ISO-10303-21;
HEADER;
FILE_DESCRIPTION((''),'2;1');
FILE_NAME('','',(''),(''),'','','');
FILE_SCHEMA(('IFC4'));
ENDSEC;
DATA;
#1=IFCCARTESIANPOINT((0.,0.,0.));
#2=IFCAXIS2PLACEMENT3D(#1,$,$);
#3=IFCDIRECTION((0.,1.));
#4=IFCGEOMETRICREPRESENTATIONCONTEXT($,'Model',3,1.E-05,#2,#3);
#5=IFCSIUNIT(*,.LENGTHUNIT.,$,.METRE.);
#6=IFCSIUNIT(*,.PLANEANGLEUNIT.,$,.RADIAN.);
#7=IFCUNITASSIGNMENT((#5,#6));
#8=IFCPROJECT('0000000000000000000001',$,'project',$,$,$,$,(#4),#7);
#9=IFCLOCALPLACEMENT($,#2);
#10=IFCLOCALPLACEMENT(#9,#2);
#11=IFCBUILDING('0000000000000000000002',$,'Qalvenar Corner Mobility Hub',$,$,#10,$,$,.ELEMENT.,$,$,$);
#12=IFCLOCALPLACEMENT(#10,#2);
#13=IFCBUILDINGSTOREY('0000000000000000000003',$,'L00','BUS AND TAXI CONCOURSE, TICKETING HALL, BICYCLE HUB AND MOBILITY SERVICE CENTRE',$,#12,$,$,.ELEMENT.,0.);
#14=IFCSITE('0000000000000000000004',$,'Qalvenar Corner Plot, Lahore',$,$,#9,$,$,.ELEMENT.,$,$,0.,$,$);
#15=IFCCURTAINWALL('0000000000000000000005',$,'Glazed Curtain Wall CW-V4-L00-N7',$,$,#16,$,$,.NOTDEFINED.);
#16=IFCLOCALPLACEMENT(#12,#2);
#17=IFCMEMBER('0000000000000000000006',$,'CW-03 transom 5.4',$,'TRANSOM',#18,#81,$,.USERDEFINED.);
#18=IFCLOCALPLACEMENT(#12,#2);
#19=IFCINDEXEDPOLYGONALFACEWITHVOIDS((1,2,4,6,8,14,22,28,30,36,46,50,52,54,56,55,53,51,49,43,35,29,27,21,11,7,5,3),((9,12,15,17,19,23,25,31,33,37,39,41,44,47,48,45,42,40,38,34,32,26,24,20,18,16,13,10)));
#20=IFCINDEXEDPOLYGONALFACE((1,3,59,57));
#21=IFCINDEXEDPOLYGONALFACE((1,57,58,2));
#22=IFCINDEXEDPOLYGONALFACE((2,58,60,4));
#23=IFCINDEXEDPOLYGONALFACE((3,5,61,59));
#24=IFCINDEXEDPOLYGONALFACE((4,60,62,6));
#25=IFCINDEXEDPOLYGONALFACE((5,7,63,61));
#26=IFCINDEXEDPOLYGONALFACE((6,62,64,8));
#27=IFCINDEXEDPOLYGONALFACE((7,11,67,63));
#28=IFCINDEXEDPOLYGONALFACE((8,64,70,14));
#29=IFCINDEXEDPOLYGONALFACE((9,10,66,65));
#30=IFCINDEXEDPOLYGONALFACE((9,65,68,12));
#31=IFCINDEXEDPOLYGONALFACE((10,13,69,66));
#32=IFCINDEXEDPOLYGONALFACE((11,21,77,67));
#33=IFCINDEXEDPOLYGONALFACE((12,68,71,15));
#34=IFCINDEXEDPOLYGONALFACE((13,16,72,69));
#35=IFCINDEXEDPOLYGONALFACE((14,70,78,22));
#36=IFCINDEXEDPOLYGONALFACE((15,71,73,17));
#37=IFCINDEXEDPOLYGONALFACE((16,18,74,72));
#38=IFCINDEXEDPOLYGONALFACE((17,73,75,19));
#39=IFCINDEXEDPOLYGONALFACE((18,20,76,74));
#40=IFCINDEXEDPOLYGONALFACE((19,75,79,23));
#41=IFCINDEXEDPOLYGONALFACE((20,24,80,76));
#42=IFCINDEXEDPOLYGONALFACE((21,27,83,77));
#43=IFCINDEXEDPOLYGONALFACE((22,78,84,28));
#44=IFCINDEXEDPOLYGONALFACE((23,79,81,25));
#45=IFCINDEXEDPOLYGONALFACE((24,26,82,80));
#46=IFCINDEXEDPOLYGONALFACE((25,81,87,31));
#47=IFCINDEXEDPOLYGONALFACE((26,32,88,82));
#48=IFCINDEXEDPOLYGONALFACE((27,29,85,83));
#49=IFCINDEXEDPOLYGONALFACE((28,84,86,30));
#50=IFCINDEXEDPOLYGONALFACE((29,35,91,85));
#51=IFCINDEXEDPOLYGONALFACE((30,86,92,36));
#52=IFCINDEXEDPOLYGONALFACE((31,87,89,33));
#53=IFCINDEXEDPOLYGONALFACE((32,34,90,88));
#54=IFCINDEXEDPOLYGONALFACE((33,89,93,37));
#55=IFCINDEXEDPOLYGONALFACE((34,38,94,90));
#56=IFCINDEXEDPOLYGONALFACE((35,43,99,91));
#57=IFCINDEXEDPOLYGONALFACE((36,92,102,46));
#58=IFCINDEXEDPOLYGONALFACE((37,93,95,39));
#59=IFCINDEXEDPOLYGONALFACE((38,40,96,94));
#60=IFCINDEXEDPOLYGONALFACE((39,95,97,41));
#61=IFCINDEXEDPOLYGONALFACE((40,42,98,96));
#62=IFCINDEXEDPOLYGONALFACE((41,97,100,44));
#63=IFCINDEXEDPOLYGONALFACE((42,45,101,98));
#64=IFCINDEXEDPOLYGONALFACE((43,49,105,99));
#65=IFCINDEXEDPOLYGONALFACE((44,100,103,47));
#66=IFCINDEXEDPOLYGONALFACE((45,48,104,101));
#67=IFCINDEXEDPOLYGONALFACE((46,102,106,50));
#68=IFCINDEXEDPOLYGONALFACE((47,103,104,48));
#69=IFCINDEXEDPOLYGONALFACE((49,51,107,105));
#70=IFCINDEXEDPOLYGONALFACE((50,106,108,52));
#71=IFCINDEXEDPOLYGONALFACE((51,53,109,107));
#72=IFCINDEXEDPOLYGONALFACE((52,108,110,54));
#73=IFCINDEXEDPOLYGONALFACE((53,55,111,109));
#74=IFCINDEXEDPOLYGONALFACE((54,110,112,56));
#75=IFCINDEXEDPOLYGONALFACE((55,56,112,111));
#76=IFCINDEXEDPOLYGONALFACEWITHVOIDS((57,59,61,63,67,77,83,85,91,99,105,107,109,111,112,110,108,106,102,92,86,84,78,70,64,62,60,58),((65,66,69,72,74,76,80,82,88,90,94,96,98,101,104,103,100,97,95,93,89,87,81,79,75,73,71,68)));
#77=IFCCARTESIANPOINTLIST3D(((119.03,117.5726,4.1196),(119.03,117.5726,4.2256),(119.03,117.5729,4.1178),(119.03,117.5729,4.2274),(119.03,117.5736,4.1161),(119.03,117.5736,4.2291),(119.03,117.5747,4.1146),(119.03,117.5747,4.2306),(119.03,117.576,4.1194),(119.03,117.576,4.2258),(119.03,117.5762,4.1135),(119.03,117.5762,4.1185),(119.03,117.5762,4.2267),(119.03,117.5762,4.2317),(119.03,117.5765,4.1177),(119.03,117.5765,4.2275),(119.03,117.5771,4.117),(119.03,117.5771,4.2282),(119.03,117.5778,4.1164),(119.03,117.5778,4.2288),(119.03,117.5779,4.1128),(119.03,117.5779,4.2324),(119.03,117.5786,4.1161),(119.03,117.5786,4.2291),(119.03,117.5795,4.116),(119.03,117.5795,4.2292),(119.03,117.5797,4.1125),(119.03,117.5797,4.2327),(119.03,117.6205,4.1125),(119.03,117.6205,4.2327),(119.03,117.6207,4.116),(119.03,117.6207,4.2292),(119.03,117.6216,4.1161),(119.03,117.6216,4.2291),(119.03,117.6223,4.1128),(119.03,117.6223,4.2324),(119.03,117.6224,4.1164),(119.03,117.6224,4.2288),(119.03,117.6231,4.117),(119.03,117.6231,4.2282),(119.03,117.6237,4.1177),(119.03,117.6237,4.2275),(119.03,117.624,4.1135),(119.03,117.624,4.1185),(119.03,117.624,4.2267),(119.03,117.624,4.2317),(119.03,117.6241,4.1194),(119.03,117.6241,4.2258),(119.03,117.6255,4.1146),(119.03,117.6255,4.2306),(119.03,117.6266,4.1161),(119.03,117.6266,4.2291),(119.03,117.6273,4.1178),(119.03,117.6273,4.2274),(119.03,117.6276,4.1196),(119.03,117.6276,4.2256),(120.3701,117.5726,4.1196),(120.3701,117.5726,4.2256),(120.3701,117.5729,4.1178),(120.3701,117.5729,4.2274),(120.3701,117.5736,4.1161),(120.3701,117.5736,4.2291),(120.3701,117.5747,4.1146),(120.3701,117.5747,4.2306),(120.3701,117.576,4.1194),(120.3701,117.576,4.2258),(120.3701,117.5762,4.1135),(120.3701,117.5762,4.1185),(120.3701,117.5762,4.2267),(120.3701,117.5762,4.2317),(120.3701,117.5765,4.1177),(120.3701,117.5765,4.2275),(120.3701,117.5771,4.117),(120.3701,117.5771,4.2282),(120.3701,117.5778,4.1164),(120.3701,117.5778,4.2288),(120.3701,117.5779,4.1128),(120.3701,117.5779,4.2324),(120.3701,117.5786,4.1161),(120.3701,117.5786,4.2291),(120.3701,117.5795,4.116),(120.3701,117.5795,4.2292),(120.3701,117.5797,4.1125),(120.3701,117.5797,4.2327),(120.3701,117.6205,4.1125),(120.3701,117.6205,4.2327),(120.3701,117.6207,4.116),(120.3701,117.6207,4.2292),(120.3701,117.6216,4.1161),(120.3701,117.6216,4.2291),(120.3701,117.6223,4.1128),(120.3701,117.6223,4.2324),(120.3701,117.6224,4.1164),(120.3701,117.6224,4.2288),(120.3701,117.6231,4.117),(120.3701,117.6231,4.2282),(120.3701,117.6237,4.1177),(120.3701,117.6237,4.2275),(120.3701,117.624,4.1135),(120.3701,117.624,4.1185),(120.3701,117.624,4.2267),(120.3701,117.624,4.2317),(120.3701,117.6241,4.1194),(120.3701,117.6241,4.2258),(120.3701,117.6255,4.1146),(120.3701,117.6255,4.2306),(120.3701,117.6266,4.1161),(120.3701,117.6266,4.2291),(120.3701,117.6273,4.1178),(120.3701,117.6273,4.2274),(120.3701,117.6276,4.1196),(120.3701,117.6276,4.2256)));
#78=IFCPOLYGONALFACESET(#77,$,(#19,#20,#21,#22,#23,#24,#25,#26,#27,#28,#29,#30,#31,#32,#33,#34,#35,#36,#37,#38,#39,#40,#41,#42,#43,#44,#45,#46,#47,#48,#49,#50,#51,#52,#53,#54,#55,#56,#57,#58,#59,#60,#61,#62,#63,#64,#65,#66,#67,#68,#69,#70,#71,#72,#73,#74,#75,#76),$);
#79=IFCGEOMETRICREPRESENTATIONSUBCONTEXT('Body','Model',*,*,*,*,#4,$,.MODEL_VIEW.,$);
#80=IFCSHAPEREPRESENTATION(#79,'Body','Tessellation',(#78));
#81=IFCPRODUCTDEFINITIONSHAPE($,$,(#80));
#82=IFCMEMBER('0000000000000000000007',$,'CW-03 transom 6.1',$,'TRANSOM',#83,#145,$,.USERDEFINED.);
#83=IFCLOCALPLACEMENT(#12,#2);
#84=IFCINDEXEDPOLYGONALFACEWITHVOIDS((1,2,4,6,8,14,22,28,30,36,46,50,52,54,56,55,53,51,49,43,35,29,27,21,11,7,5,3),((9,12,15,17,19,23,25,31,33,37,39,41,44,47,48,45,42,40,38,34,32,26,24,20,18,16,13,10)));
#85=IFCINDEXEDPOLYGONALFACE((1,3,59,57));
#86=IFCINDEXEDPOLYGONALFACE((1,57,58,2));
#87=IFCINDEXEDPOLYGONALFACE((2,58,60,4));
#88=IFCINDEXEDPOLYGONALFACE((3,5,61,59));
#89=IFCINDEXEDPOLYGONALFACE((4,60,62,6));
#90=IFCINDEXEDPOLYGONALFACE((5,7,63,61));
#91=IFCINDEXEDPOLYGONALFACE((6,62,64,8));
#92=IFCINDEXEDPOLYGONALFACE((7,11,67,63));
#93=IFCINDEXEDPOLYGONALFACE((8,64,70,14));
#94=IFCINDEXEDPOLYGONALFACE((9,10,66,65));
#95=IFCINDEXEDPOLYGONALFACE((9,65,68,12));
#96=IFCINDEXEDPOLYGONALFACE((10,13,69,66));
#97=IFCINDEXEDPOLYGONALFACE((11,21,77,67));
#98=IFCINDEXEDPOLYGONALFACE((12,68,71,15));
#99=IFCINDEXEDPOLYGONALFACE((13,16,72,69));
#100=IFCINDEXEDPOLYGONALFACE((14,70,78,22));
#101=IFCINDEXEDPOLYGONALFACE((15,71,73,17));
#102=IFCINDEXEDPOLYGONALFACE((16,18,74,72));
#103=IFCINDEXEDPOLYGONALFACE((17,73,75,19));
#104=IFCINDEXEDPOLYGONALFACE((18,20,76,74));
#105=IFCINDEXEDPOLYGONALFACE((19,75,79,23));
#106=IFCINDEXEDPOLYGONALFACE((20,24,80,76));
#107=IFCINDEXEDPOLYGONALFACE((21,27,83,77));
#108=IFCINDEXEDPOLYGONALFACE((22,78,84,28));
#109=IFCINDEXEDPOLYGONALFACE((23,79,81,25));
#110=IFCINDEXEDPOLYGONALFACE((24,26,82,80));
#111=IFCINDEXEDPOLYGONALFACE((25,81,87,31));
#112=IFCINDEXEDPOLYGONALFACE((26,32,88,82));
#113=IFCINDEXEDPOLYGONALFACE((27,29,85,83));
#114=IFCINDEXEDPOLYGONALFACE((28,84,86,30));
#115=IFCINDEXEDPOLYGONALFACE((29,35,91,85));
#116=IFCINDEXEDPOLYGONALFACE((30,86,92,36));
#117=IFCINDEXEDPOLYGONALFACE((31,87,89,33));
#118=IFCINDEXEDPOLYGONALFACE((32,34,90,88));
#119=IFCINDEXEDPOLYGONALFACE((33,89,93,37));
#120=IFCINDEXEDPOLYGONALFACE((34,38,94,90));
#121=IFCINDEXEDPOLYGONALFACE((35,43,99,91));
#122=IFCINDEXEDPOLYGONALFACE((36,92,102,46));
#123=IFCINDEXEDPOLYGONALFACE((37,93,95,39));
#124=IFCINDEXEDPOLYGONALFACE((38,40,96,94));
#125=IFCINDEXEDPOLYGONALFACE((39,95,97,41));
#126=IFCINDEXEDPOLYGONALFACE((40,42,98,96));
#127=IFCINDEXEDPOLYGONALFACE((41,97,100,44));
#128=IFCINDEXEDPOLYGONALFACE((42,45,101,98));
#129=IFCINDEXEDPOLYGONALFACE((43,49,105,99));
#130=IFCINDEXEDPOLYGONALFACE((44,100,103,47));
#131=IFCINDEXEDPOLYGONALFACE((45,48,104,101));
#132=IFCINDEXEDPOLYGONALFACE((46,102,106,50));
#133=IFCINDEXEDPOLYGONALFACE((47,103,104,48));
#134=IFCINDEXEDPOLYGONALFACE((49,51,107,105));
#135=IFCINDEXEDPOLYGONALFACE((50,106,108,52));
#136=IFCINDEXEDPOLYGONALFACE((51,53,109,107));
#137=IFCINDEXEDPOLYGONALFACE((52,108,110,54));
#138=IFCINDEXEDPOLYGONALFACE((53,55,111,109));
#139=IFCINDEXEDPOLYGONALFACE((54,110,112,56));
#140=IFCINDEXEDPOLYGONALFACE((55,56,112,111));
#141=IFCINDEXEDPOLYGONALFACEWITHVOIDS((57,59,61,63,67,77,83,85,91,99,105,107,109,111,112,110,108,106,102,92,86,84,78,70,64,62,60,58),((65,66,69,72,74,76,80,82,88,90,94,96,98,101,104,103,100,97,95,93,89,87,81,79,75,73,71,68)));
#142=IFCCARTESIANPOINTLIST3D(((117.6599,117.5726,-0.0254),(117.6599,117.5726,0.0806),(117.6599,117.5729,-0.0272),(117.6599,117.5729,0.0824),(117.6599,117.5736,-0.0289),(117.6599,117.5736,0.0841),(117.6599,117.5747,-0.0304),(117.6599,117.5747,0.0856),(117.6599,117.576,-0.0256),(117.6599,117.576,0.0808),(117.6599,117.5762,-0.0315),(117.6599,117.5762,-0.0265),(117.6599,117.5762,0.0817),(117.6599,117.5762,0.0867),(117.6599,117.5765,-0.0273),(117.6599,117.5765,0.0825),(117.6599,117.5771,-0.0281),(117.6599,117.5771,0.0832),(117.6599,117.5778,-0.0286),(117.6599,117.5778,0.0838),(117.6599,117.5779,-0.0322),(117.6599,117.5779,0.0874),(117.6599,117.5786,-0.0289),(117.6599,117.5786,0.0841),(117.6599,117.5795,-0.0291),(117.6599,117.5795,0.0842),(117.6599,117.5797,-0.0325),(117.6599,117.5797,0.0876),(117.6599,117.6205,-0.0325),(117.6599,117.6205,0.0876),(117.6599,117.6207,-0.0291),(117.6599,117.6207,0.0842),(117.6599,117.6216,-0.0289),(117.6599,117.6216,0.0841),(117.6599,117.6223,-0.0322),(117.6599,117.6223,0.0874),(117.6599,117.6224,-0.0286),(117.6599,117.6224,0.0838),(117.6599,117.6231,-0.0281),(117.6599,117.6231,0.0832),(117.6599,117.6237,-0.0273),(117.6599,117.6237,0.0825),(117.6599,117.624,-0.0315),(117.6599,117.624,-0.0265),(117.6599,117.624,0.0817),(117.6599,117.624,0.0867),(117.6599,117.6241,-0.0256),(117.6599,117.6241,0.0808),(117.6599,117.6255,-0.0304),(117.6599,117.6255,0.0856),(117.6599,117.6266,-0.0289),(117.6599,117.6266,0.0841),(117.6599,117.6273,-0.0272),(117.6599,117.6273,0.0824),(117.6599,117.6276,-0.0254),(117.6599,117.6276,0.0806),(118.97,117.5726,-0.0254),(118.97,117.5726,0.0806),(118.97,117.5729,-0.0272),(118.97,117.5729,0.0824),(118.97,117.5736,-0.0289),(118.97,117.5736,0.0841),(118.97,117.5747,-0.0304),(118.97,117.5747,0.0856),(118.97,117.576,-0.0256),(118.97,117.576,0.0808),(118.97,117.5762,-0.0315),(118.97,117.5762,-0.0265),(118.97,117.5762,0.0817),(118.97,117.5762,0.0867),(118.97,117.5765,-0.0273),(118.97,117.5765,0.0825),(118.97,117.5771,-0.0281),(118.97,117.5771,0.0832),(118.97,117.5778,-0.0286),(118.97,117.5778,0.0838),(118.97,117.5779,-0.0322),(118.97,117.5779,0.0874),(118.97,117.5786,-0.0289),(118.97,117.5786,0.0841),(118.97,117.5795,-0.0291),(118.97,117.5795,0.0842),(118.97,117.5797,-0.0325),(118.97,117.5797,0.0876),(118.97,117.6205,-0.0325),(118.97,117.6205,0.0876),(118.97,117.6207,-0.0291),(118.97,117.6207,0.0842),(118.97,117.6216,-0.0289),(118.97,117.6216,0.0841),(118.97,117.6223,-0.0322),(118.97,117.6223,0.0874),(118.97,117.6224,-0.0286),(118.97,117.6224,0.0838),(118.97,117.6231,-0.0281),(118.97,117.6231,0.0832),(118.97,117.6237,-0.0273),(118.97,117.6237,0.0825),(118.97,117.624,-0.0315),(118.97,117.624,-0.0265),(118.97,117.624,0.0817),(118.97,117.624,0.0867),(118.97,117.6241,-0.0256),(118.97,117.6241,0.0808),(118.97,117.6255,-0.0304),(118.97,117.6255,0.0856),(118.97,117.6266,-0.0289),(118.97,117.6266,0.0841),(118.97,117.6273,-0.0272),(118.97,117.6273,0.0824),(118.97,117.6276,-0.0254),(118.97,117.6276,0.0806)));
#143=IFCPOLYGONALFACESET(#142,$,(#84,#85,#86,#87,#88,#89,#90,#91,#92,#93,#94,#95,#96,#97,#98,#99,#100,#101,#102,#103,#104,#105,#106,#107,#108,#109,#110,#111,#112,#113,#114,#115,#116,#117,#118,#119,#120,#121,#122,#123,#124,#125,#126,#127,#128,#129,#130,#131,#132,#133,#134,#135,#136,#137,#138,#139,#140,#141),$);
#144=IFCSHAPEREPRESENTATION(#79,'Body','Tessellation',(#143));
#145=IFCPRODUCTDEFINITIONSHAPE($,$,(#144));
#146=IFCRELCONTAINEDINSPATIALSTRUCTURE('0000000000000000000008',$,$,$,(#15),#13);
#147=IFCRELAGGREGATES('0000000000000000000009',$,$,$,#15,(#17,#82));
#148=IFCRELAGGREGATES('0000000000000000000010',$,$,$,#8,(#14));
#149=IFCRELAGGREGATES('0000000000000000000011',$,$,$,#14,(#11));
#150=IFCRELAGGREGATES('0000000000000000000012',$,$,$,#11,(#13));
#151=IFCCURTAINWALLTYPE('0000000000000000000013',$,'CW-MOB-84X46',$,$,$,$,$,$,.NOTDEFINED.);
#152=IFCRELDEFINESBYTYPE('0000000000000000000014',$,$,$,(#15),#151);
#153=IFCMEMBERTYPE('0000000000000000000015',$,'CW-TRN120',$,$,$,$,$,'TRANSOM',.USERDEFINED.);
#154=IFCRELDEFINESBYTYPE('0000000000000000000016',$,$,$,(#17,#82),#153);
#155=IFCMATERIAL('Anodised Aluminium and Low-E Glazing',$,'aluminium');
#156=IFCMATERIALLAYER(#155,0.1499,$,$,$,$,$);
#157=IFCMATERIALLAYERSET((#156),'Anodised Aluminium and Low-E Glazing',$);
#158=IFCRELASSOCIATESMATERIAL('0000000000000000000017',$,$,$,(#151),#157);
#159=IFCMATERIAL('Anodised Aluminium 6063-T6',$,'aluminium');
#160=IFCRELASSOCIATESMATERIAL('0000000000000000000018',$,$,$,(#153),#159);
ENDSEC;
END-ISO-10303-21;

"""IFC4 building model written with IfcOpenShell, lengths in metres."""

from ifc_helpers import new_model, si_unit, direction, frame, origin, origin_2d, place, context, subcontext, project, spatial, hollow_rectangle, extrude, material, layer, layer_set, material_profile, profile_set, type_object, element, aggregate, save


model = new_model("IFC4")

# Units and contexts
model_context = context("Model", 3, precision=1e-05, world=origin(), true_north=direction((0.0, 1.0)))
body_context = subcontext(model_context, "Body", "Model", "MODEL_VIEW")
ifc_project = project(units=[si_unit("LENGTHUNIT", "METRE"), si_unit("PLANEANGLEUNIT", "RADIAN")], contexts=[model_context])

# Site, building, storey
site_placement = place(None, origin())
site = spatial("IfcSite", under=ifc_project, at=site_placement, Name="Qalvenar Corner Plot, Lahore", CompositionType="ELEMENT", RefElevation=0.0)
building_placement = place(site_placement, origin())
building = spatial("IfcBuilding", under=site, at=building_placement, Name="Qalvenar Corner Mobility Hub", CompositionType="ELEMENT")
storey_placement = place(building_placement, origin())
storey = spatial("IfcBuildingStorey", under=building, at=storey_placement, Name="L00", Description="BUS AND TAXI CONCOURSE, TICKETING HALL, BICYCLE HUB AND MOBILITY SERVICE CENTRE", CompositionType="ELEMENT", Elevation=0.0)

# Shared definitions
ifc_material_1 = material(Name="Anodised Aluminium and Low-E Glazing", Category="aluminium")
ifc_layer_1 = layer(ifc_material_1, 0.1499)
ifc_layer_set_1 = layer_set([ifc_layer_1], Name="Anodised Aluminium and Low-E Glazing")
curtain_wall_type = type_object("IfcCurtainWallType", Name="CW-MOB-84X46", PredefinedType="NOTDEFINED", material=ifc_layer_set_1)
ifc_material_2 = material(Name="Anodised Aluminium 6063-T6", Category="aluminium")

# Curtain wall, members
curtain_wall_1_placement = place(storey_placement, origin())
curtain_wall_1 = element("IfcCurtainWall", 1, at=curtain_wall_1_placement, inside=storey, type_object=curtain_wall_type, Name="Glazed Curtain Wall CW-V4-L00-N7", PredefinedType="NOTDEFINED")
ifc_material_profile_1 = material_profile(ifc_material_2, hollow_rectangle(XDim=0.0549, YDim=0.1201, WallThickness=0.0034, InnerFilletRadius=0.0034, OuterFilletRadius=0.0071, at=origin_2d()), Name="RHS120x55x3.5")
ifc_profile_set_1 = profile_set([ifc_material_profile_1], Name="Anodised Aluminium 6063-T6")
member_type_1 = type_object("IfcMemberType", Name="CW-TRN120", ElementType="TRANSOM", PredefinedType="USERDEFINED", material=ifc_profile_set_1)
member_1_placement = place(storey_placement, frame((120.3701, 117.6001, 4.1726), z_axis=(-1.0, 0.0, 0.0), x_axis=(0.0, -1.0, 0.0)))
member_1 = element("IfcMember", 2, at=member_1_placement, type_object=member_type_1, Name="CW-03 transom 5.4", ObjectType="TRANSOM", PredefinedType="USERDEFINED", context=body_context, shape_type="SweptSolid", body=[
    extrude(hollow_rectangle(XDim=0.0549, YDim=0.1201, WallThickness=0.0034, InnerFilletRadius=0.0034, OuterFilletRadius=0.0071, at=origin_2d()), origin(), (0.0, 0.0, 1.0), 1.3401),
])
member_2_placement = place(storey_placement, frame((118.97, 117.6001, 0.0276), z_axis=(-1.0, 0.0, 0.0), x_axis=(0.0, -1.0, 0.0)))
member_2 = element("IfcMember", 3, at=member_2_placement, type_object=member_type_1, Name="CW-03 transom 6.1", ObjectType="TRANSOM", PredefinedType="USERDEFINED", context=body_context, shape_type="SweptSolid", body=[
    extrude(hollow_rectangle(XDim=0.0549, YDim=0.1201, WallThickness=0.0034, InnerFilletRadius=0.0034, OuterFilletRadius=0.0071, at=origin_2d()), origin(), (0.0, 0.0, 1.0), 1.3101),
])
aggregate(curtain_wall_1, [member_1, member_2])

save(model, "model.ifc")
